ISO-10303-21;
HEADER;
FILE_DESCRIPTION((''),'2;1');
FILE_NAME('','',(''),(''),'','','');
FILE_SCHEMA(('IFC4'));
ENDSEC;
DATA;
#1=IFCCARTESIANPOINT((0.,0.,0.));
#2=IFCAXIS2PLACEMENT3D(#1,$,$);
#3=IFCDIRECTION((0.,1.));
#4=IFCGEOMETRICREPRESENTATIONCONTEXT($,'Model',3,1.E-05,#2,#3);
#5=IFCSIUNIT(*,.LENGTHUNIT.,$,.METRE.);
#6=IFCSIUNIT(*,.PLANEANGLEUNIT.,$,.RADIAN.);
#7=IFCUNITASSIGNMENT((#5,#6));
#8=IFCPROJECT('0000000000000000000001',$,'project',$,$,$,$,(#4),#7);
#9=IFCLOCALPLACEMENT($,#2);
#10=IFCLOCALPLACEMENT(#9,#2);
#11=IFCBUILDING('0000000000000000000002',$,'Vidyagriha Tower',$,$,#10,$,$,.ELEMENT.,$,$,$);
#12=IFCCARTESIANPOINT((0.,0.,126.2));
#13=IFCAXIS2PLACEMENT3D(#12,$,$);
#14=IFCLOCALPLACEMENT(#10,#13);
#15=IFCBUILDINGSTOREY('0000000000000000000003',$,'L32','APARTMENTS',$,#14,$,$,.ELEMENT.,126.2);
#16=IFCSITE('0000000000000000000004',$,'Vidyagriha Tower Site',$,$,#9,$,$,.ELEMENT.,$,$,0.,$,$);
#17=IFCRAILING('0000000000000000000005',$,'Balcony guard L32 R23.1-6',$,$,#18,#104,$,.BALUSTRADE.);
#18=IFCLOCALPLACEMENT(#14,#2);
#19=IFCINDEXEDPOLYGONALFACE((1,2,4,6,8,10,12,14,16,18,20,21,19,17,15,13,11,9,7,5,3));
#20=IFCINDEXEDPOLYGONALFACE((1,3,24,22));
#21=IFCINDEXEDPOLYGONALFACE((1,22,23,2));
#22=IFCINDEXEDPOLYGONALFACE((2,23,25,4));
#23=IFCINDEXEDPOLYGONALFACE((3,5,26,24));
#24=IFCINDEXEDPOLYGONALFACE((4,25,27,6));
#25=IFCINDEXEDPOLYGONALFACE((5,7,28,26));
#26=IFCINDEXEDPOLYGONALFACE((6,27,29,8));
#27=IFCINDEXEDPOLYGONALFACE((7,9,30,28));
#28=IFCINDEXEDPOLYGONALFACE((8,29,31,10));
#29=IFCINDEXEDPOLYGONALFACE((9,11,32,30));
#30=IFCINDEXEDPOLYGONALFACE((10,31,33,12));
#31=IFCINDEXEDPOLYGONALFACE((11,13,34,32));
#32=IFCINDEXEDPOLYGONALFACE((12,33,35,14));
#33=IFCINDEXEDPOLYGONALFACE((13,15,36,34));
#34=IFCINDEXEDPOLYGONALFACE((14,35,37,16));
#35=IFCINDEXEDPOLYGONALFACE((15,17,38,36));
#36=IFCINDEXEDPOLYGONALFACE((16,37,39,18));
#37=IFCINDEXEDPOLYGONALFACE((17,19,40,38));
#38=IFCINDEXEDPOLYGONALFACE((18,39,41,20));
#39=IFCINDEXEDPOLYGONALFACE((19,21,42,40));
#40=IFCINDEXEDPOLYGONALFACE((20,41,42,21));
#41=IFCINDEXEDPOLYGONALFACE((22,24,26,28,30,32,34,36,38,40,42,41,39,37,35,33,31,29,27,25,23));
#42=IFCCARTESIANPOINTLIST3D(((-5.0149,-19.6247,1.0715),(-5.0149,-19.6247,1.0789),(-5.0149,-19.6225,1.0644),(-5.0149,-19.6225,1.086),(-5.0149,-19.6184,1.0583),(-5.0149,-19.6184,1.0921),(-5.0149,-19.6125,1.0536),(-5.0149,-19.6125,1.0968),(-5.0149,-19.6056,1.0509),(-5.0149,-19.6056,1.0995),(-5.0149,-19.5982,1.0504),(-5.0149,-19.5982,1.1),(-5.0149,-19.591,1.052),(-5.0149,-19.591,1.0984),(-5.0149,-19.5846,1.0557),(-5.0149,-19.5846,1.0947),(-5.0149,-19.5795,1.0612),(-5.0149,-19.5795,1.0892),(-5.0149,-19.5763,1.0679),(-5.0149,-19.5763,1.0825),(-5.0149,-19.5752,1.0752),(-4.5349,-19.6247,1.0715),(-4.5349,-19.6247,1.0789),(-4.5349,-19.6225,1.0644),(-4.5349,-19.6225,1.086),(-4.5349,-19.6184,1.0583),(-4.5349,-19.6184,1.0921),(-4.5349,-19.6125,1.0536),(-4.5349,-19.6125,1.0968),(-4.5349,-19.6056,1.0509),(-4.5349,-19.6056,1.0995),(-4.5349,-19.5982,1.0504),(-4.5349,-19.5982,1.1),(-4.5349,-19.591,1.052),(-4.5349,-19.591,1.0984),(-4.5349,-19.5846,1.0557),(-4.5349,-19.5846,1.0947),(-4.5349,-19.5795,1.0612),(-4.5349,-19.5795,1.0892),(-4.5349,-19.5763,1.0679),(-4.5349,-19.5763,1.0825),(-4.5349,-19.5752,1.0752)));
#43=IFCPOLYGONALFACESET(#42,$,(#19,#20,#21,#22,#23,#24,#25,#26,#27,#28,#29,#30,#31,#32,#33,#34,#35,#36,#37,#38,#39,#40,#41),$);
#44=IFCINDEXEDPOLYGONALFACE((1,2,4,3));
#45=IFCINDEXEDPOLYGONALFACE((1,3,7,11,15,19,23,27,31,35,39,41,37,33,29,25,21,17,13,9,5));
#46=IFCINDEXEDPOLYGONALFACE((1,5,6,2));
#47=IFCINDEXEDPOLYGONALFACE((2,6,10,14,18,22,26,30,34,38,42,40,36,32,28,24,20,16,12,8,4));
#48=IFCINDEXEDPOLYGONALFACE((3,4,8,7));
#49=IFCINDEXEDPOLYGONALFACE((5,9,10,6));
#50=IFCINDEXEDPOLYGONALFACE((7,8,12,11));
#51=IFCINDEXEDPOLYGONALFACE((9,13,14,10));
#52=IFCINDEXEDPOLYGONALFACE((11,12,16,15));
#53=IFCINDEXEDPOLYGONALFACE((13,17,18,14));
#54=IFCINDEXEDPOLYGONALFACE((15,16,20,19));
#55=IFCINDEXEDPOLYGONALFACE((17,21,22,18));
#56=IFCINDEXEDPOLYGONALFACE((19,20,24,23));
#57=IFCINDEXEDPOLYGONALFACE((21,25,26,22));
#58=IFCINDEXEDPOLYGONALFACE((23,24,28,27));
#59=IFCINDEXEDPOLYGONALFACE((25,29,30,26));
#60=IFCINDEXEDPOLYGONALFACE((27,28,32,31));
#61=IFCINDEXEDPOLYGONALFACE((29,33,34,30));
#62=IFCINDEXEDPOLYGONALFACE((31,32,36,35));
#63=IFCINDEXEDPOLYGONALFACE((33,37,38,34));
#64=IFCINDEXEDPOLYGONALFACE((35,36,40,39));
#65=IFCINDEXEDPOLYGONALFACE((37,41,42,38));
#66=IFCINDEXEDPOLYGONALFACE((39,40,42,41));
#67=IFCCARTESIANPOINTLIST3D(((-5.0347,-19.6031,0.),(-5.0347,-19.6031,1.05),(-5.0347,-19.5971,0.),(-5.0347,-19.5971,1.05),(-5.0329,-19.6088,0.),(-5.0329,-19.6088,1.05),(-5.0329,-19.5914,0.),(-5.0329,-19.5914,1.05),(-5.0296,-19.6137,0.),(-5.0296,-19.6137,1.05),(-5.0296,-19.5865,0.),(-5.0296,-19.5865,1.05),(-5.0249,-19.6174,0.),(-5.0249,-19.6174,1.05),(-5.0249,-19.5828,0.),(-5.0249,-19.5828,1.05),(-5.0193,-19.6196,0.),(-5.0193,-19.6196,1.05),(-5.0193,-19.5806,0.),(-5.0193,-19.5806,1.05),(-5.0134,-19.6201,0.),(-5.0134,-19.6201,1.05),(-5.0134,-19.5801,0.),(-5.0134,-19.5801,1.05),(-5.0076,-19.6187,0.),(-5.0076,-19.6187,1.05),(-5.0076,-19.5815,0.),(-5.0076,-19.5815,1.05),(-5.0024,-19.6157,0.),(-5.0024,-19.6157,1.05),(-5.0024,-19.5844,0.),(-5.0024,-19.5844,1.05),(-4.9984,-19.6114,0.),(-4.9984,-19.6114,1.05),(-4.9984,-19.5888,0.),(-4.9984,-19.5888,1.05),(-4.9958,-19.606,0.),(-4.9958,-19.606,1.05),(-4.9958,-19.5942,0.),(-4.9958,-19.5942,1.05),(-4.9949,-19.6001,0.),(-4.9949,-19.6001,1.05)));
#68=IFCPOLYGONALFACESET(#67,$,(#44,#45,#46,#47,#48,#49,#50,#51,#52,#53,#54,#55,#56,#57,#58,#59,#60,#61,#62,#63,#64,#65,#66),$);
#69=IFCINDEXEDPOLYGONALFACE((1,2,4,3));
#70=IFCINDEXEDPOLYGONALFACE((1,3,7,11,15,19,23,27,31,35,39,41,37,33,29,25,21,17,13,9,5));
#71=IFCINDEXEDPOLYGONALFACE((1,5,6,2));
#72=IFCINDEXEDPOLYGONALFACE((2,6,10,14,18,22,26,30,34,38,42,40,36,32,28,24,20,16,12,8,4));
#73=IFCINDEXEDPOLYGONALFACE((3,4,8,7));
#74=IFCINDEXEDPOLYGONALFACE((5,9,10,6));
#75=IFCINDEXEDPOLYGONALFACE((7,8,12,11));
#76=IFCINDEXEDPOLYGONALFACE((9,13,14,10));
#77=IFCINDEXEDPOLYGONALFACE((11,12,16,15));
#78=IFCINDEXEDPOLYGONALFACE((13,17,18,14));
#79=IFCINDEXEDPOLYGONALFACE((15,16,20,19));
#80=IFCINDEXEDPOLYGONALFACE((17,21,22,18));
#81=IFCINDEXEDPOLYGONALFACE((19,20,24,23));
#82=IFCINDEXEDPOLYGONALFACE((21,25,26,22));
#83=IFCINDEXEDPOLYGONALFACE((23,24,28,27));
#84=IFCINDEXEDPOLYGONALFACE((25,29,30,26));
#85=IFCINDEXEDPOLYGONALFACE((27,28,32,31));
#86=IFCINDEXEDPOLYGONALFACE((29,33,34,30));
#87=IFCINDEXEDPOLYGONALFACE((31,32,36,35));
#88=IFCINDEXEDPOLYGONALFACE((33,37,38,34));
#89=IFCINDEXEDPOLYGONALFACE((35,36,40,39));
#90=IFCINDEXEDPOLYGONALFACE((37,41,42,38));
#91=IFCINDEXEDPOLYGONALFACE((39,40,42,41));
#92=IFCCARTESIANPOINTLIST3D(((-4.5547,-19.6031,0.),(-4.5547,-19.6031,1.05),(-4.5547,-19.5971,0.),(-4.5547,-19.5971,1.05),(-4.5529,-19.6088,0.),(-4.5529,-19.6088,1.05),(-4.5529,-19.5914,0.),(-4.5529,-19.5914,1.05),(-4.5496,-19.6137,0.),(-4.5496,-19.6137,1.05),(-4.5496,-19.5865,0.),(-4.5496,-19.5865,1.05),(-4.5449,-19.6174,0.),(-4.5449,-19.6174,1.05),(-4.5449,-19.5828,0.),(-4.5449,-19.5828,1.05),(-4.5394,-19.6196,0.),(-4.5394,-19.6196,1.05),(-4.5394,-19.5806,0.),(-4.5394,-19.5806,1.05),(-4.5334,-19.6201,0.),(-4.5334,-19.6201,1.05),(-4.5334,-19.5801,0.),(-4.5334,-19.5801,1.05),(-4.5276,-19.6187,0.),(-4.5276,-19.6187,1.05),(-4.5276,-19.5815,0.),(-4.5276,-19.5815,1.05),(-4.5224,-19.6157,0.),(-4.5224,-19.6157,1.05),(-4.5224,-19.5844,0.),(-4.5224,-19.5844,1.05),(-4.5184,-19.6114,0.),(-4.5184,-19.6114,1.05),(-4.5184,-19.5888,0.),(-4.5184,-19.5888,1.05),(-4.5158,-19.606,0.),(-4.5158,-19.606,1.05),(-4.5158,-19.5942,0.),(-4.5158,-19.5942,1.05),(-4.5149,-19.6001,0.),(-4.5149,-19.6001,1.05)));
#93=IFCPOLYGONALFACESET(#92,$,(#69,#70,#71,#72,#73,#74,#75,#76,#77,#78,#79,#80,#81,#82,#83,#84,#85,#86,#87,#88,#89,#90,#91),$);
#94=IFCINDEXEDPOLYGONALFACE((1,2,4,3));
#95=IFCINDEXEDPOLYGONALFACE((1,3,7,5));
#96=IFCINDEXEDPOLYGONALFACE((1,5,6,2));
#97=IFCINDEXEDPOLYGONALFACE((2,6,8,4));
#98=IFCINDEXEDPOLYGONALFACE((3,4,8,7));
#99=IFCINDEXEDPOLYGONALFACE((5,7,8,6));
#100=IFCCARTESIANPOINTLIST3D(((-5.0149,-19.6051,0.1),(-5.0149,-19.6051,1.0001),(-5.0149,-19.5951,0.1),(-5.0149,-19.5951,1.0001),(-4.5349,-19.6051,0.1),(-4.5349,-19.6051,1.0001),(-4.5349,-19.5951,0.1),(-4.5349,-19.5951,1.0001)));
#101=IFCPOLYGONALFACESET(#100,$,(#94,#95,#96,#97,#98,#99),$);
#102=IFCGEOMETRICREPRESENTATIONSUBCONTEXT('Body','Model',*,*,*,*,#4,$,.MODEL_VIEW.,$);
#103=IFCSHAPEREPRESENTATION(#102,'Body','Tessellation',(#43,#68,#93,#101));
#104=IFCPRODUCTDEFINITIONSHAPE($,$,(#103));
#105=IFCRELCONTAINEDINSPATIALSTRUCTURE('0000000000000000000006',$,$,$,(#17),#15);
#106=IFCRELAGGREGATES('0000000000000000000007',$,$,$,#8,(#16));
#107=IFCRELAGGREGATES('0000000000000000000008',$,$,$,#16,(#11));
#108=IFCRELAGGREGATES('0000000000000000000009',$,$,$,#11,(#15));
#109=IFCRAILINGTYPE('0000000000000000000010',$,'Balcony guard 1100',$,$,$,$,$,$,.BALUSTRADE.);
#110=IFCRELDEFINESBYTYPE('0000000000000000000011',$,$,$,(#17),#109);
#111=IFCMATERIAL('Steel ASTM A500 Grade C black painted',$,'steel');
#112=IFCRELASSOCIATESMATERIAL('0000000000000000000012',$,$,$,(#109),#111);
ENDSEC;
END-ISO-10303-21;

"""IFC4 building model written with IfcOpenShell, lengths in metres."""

from ifc_helpers import new_model, si_unit, direction, frame, origin, origin_2d, place, context, subcontext, project, spatial, rectangle, circle, extrude, material, type_object, element, save


model = new_model("IFC4")

# Units and contexts
model_context = context("Model", 3, precision=1e-05, world=origin(), true_north=direction((0.0, 1.0)))
body_context = subcontext(model_context, "Body", "Model", "MODEL_VIEW")
ifc_project = project(units=[si_unit("LENGTHUNIT", "METRE"), si_unit("PLANEANGLEUNIT", "RADIAN")], contexts=[model_context])

# Site, building, storey
site_placement = place(None, origin())
site = spatial("IfcSite", under=ifc_project, at=site_placement, Name="Vidyagriha Tower Site", CompositionType="ELEMENT", RefElevation=0.0)
building_placement = place(site_placement, origin())
building = spatial("IfcBuilding", under=site, at=building_placement, Name="Vidyagriha Tower", CompositionType="ELEMENT")
storey_placement = place(building_placement, frame((0.0, 0.0, 126.2)))
storey = spatial("IfcBuildingStorey", under=building, at=storey_placement, Name="L32", Description="APARTMENTS", CompositionType="ELEMENT", Elevation=126.2)

# Railing
ifc_material_1 = material(Name="Steel ASTM A500 Grade C black painted", Category="steel")
railing_type = type_object("IfcRailingType", Name="Balcony guard 1100", PredefinedType="BALUSTRADE", material=ifc_material_1)
railing_1_placement = place(storey_placement, frame((-5.0149, -19.6001, 0.0)))
element("IfcRailing", 1, at=railing_1_placement, inside=storey, type_object=railing_type, Name="Balcony guard L32 R23.1-6", PredefinedType="BALUSTRADE", context=body_context, shape_type="SweptSolid", body=[
    extrude(circle(Radius=0.0249, at=origin_2d()), frame((0.0, 0.0, 1.0752), z_axis=(1.0, 0.0, 0.0), x_axis=(0.0, 1.0, 0.0)), (0.0, 0.0, 1.0), 0.48),
    extrude(circle(Radius=0.02, at=origin_2d()), origin(), (0.0, 0.0, 1.0), 1.05),
    extrude(circle(Radius=0.02, at=origin_2d()), frame((0.48, 0.0, 0.0)), (0.0, 0.0, 1.0), 1.05),
    extrude(rectangle(XDim=0.01, YDim=0.9001, at=origin_2d()), frame((0.0, 0.0, 0.55), z_axis=(1.0, 0.0, 0.0), x_axis=(0.0, 1.0, 0.0)), (0.0, 0.0, 1.0), 0.48),
])

save(model, "model.ifc")
